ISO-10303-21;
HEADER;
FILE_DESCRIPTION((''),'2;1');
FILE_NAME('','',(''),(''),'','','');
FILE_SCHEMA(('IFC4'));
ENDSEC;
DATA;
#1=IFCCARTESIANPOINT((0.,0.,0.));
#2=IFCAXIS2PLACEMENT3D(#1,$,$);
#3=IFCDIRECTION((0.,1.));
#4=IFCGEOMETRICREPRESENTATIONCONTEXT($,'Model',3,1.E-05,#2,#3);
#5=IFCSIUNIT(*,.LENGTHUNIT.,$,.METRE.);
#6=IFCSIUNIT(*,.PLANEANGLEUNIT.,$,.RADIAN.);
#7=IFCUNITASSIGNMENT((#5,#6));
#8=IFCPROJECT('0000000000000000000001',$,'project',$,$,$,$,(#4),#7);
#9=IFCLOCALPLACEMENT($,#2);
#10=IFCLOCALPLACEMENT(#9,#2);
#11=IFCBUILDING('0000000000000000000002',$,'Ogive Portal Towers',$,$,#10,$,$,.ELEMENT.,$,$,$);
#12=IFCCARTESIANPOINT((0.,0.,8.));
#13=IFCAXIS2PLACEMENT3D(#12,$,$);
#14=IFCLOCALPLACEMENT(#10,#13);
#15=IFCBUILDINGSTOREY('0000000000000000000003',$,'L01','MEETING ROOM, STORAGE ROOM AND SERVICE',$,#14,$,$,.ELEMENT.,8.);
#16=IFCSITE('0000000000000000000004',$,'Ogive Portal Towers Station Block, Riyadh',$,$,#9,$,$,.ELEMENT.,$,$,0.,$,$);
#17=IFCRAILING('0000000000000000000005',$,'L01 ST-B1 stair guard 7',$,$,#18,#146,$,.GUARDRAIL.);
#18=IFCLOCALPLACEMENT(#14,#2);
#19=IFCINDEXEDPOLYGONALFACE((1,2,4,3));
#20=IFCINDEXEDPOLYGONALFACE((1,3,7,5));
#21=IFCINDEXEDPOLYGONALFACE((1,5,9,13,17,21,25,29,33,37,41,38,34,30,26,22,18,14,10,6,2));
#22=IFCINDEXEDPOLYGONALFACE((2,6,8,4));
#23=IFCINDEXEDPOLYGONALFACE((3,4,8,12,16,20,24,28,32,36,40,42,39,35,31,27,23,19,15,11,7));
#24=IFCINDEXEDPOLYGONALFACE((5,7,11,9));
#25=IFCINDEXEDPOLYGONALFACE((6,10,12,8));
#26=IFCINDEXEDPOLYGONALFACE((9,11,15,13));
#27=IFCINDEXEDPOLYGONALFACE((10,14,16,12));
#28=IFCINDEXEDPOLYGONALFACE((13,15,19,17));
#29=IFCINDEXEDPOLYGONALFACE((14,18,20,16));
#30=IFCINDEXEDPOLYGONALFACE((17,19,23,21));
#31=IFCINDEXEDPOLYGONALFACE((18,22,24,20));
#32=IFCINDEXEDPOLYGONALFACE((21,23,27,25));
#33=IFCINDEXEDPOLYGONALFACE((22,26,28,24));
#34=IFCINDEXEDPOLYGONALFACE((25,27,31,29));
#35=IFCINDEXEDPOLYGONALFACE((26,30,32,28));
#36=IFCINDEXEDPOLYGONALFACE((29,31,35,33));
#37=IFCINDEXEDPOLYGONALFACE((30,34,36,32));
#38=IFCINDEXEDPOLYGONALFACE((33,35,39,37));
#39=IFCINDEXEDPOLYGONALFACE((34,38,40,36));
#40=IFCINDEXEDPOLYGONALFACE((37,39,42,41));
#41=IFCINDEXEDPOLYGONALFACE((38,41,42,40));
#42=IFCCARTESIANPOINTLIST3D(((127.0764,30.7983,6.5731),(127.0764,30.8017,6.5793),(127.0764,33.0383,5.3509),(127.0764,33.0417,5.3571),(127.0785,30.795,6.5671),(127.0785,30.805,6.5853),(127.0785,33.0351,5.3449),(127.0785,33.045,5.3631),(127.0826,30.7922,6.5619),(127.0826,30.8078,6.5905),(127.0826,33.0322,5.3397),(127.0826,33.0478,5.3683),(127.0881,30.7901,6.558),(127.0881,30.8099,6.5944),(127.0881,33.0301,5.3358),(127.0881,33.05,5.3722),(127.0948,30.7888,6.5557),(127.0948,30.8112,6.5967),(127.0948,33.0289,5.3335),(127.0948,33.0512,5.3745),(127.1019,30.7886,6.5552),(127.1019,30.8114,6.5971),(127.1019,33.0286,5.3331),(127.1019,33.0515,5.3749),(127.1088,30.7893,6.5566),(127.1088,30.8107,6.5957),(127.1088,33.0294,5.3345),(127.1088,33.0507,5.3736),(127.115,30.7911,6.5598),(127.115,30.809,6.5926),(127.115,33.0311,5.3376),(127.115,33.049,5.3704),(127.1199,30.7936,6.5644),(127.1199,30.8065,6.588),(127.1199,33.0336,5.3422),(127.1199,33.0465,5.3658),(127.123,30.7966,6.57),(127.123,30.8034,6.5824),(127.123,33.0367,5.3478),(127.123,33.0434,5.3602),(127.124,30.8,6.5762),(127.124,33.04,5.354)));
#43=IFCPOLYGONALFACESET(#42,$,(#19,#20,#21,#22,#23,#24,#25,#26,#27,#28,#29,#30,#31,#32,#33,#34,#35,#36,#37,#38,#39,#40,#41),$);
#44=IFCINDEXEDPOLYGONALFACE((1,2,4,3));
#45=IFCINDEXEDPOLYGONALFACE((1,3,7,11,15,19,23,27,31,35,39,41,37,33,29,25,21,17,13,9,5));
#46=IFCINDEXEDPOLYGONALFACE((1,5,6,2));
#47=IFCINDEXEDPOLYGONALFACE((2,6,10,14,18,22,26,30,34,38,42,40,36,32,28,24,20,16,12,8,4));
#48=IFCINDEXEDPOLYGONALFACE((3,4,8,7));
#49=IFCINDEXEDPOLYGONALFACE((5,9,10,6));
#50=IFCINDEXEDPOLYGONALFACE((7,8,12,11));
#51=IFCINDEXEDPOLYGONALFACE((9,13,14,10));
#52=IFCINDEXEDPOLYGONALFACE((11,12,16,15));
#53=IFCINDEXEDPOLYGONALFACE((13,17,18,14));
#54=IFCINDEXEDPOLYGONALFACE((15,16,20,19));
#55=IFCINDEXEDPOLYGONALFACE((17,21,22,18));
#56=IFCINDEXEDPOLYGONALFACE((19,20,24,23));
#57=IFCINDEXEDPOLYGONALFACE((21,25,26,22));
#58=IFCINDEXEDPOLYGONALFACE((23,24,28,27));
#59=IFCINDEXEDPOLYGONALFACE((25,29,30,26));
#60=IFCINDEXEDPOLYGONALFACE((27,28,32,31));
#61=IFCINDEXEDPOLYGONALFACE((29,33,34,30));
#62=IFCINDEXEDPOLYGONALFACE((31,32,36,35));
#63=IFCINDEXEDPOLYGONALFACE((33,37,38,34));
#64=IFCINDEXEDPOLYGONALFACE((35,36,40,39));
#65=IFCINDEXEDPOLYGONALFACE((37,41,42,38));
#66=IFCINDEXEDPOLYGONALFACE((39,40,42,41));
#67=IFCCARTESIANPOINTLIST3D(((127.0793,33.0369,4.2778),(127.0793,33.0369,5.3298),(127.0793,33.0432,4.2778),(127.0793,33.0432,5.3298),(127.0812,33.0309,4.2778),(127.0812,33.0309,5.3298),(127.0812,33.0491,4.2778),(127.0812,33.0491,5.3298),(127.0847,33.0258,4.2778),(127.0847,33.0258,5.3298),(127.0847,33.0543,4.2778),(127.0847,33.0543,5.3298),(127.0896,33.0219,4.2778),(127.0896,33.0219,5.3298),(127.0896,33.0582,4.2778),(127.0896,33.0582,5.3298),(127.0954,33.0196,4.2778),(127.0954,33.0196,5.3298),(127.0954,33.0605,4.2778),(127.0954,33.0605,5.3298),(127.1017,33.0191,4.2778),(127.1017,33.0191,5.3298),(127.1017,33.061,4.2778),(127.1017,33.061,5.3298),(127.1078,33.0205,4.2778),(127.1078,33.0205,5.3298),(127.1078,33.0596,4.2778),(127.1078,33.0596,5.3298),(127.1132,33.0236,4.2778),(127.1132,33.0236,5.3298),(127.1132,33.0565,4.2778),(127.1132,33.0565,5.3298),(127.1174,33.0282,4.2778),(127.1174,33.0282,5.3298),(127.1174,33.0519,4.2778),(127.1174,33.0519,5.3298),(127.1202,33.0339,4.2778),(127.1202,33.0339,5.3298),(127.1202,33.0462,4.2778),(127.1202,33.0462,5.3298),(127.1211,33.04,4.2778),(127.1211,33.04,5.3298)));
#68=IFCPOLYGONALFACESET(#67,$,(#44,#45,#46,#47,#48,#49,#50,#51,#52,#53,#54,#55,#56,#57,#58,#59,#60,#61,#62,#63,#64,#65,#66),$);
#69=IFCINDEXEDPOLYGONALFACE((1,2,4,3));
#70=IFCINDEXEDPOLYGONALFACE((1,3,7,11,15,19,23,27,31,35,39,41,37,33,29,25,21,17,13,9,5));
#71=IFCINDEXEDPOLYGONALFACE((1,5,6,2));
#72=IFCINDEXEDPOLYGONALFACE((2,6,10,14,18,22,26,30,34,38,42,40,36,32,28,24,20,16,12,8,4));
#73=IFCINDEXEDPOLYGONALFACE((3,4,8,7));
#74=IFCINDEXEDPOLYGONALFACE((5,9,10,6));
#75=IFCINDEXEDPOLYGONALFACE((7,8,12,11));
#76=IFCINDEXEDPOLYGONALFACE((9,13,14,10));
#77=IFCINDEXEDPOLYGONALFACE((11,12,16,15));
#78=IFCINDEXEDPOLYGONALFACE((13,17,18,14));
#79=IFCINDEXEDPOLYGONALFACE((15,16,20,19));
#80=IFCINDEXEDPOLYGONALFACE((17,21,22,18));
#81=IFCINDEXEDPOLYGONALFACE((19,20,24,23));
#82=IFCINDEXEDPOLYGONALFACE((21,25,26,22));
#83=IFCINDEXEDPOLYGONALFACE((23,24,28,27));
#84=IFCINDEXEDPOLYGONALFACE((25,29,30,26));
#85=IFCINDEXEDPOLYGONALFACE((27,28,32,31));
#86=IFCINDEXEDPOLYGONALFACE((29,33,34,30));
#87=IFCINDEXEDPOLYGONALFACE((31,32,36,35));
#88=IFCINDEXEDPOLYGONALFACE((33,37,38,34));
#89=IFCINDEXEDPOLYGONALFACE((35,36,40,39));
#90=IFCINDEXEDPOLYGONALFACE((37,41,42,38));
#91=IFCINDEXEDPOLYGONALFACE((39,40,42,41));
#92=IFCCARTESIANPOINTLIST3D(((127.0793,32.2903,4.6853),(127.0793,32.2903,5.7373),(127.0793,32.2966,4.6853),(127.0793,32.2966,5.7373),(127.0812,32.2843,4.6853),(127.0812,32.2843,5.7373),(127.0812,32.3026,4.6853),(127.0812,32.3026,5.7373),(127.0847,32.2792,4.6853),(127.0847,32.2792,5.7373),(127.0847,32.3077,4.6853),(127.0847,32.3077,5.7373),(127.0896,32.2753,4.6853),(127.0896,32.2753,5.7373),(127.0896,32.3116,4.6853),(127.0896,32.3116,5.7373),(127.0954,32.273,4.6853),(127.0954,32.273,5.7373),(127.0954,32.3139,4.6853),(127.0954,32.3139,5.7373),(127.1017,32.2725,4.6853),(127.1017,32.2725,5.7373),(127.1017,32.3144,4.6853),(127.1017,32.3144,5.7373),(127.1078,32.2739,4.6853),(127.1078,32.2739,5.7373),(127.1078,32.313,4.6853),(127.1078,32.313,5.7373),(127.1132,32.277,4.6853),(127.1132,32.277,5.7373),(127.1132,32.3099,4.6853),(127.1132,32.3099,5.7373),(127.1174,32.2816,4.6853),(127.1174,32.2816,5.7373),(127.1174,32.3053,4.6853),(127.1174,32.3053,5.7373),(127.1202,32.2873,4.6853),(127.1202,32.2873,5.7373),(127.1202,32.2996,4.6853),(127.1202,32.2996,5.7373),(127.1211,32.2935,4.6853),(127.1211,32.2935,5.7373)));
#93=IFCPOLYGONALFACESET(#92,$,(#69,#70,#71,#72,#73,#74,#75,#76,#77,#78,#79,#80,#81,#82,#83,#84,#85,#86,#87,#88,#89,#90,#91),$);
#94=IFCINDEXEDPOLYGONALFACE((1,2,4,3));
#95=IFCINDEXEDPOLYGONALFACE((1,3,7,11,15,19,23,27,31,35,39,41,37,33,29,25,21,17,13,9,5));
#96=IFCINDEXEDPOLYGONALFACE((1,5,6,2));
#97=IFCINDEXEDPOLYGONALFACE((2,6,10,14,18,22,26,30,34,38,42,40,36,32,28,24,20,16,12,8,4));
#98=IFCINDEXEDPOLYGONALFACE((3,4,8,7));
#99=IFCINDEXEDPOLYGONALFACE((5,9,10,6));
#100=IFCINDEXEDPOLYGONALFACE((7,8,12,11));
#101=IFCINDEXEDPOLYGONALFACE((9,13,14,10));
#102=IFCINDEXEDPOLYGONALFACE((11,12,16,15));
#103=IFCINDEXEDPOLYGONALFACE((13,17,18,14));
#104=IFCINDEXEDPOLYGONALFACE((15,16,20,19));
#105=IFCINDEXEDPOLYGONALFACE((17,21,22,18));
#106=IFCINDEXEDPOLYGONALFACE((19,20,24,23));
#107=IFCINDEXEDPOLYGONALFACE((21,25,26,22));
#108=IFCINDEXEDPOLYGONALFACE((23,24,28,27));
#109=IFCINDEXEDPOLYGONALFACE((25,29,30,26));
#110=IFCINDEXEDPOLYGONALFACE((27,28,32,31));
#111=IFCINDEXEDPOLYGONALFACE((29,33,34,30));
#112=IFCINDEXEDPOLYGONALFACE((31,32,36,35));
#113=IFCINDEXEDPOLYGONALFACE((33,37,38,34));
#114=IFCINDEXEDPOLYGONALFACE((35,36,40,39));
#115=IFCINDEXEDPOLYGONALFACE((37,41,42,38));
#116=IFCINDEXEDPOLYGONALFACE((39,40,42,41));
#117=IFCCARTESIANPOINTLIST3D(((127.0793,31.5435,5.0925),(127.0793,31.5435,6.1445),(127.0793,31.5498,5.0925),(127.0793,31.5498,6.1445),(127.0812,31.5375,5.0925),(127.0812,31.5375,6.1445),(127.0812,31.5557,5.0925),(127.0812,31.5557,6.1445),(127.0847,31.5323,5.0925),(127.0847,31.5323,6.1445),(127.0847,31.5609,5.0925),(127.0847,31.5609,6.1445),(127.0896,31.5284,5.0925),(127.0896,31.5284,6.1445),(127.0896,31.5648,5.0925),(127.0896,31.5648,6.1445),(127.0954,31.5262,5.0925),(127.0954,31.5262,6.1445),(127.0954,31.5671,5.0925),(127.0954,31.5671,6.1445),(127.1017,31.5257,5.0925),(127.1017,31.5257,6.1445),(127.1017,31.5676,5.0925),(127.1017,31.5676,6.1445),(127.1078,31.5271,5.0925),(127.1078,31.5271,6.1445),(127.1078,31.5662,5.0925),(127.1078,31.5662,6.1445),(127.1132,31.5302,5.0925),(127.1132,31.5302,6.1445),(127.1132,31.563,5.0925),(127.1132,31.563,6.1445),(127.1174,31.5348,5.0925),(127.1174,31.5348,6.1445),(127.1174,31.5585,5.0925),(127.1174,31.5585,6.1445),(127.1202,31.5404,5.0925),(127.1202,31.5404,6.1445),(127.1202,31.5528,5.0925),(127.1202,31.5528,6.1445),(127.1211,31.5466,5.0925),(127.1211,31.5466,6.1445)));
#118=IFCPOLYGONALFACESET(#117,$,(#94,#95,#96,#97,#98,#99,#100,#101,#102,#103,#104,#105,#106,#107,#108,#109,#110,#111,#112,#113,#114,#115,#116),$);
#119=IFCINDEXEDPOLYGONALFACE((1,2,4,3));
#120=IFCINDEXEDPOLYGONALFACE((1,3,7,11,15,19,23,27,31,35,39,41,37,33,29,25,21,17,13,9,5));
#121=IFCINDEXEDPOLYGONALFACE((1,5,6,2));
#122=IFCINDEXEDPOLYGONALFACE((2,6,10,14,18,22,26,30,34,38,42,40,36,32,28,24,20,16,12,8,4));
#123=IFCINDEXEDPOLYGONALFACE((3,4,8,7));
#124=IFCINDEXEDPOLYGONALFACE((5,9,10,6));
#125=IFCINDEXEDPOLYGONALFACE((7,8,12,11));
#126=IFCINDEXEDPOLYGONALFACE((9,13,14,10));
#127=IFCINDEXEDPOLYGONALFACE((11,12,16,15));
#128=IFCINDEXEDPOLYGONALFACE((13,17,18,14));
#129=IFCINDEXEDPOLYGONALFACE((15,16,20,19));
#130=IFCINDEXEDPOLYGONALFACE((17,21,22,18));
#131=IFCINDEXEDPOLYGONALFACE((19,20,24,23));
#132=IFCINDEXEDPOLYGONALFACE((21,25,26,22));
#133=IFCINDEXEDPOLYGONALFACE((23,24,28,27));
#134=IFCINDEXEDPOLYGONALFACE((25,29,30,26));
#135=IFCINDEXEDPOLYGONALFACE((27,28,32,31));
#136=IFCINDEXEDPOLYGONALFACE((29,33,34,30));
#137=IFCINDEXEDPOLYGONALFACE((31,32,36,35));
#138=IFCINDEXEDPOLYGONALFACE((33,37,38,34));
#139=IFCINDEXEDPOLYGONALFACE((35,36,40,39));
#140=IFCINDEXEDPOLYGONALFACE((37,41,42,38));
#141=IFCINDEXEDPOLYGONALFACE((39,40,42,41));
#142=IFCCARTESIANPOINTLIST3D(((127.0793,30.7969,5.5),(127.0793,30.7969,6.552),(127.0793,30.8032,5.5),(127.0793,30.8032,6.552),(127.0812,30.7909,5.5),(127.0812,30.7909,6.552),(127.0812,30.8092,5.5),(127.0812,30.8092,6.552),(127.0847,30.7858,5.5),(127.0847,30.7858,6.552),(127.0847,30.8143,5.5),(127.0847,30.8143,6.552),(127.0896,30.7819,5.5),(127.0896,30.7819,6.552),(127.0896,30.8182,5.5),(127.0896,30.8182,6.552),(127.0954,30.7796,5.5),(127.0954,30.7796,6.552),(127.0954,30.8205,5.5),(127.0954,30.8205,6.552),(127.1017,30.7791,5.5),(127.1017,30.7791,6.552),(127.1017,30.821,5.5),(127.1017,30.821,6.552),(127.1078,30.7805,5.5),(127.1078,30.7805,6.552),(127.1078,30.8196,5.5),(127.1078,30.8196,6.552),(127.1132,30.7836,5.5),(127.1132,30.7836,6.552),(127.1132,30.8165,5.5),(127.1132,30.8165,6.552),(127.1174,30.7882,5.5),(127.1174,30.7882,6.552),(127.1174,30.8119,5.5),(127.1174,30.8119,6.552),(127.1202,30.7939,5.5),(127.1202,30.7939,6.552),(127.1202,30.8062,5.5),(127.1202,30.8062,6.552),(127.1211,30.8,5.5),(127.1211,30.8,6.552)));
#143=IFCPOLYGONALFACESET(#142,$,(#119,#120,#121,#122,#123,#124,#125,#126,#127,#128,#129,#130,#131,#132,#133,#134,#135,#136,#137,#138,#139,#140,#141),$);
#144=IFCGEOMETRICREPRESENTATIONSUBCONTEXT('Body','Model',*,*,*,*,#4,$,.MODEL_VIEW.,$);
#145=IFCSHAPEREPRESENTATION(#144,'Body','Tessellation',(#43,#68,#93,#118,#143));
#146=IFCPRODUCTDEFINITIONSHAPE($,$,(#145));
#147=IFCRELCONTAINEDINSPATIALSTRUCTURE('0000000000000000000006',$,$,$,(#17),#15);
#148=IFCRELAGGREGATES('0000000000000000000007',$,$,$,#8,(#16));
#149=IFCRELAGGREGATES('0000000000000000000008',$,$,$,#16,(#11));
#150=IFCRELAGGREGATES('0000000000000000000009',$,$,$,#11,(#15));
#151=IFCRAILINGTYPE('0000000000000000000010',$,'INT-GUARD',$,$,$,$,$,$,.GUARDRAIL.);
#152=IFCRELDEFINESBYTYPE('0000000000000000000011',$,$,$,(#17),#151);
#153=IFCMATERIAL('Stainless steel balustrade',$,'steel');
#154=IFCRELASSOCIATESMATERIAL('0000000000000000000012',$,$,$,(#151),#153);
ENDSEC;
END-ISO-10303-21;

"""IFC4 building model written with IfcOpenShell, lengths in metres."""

from ifc_helpers import new_model, si_unit, direction, frame, origin, origin_2d, place, context, subcontext, project, spatial, circle, extrude, material, type_object, element, save


model = new_model("IFC4")

# Units and contexts
model_context = context("Model", 3, precision=1e-05, world=origin(), true_north=direction((0.0, 1.0)))
body_context = subcontext(model_context, "Body", "Model", "MODEL_VIEW")
ifc_project = project(units=[si_unit("LENGTHUNIT", "METRE"), si_unit("PLANEANGLEUNIT", "RADIAN")], contexts=[model_context])

# Site, building, storey
site_placement = place(None, origin())
site = spatial("IfcSite", under=ifc_project, at=site_placement, Name="Ogive Portal Towers Station Block, Riyadh", CompositionType="ELEMENT", RefElevation=0.0)
building_placement = place(site_placement, origin())
building = spatial("IfcBuilding", under=site, at=building_placement, Name="Ogive Portal Towers", CompositionType="ELEMENT")
storey_placement = place(building_placement, frame((0.0, 0.0, 8.0)))
storey = spatial("IfcBuildingStorey", under=building, at=storey_placement, Name="L01", Description="MEETING ROOM, STORAGE ROOM AND SERVICE", CompositionType="ELEMENT", Elevation=8.0)

# Railing
ifc_material_1 = material(Name="Stainless steel balustrade", Category="steel")
railing_type_1 = type_object("IfcRailingType", Name="INT-GUARD", PredefinedType="GUARDRAIL", material=ifc_material_1)
railing_1_placement = place(storey_placement, frame((127.1001, 33.04, 4.2778)))
element("IfcRailing", 1, at=railing_1_placement, inside=storey, type_object=railing_type_1, Name="L01 ST-B1 stair guard 7", PredefinedType="GUARDRAIL", context=body_context, shape_type="SweptSolid", body=[
    extrude(circle(Radius=0.0239, at=origin_2d()), frame((0.0, 0.0, 1.0762), z_axis=(0.0, -0.877837, 0.478959), x_axis=(1.0, 0.0, 0.0)), (0.0, 0.0, 1.0), 2.5518),
    extrude(circle(Radius=0.021, at=origin_2d()), origin(), (0.0, 0.0, 1.0), 1.052),
    extrude(circle(Radius=0.021, at=origin_2d()), frame((0.0, -0.7466, 0.4075)), (0.0, 0.0, 1.0), 1.052),
    extrude(circle(Radius=0.021, at=origin_2d()), frame((0.0, -1.4934, 0.8147)), (0.0, 0.0, 1.0), 1.052),
    extrude(circle(Radius=0.021, at=origin_2d()), frame((0.0, -2.24, 1.2222)), (0.0, 0.0, 1.0), 1.052),
])

save(model, "model.ifc")
